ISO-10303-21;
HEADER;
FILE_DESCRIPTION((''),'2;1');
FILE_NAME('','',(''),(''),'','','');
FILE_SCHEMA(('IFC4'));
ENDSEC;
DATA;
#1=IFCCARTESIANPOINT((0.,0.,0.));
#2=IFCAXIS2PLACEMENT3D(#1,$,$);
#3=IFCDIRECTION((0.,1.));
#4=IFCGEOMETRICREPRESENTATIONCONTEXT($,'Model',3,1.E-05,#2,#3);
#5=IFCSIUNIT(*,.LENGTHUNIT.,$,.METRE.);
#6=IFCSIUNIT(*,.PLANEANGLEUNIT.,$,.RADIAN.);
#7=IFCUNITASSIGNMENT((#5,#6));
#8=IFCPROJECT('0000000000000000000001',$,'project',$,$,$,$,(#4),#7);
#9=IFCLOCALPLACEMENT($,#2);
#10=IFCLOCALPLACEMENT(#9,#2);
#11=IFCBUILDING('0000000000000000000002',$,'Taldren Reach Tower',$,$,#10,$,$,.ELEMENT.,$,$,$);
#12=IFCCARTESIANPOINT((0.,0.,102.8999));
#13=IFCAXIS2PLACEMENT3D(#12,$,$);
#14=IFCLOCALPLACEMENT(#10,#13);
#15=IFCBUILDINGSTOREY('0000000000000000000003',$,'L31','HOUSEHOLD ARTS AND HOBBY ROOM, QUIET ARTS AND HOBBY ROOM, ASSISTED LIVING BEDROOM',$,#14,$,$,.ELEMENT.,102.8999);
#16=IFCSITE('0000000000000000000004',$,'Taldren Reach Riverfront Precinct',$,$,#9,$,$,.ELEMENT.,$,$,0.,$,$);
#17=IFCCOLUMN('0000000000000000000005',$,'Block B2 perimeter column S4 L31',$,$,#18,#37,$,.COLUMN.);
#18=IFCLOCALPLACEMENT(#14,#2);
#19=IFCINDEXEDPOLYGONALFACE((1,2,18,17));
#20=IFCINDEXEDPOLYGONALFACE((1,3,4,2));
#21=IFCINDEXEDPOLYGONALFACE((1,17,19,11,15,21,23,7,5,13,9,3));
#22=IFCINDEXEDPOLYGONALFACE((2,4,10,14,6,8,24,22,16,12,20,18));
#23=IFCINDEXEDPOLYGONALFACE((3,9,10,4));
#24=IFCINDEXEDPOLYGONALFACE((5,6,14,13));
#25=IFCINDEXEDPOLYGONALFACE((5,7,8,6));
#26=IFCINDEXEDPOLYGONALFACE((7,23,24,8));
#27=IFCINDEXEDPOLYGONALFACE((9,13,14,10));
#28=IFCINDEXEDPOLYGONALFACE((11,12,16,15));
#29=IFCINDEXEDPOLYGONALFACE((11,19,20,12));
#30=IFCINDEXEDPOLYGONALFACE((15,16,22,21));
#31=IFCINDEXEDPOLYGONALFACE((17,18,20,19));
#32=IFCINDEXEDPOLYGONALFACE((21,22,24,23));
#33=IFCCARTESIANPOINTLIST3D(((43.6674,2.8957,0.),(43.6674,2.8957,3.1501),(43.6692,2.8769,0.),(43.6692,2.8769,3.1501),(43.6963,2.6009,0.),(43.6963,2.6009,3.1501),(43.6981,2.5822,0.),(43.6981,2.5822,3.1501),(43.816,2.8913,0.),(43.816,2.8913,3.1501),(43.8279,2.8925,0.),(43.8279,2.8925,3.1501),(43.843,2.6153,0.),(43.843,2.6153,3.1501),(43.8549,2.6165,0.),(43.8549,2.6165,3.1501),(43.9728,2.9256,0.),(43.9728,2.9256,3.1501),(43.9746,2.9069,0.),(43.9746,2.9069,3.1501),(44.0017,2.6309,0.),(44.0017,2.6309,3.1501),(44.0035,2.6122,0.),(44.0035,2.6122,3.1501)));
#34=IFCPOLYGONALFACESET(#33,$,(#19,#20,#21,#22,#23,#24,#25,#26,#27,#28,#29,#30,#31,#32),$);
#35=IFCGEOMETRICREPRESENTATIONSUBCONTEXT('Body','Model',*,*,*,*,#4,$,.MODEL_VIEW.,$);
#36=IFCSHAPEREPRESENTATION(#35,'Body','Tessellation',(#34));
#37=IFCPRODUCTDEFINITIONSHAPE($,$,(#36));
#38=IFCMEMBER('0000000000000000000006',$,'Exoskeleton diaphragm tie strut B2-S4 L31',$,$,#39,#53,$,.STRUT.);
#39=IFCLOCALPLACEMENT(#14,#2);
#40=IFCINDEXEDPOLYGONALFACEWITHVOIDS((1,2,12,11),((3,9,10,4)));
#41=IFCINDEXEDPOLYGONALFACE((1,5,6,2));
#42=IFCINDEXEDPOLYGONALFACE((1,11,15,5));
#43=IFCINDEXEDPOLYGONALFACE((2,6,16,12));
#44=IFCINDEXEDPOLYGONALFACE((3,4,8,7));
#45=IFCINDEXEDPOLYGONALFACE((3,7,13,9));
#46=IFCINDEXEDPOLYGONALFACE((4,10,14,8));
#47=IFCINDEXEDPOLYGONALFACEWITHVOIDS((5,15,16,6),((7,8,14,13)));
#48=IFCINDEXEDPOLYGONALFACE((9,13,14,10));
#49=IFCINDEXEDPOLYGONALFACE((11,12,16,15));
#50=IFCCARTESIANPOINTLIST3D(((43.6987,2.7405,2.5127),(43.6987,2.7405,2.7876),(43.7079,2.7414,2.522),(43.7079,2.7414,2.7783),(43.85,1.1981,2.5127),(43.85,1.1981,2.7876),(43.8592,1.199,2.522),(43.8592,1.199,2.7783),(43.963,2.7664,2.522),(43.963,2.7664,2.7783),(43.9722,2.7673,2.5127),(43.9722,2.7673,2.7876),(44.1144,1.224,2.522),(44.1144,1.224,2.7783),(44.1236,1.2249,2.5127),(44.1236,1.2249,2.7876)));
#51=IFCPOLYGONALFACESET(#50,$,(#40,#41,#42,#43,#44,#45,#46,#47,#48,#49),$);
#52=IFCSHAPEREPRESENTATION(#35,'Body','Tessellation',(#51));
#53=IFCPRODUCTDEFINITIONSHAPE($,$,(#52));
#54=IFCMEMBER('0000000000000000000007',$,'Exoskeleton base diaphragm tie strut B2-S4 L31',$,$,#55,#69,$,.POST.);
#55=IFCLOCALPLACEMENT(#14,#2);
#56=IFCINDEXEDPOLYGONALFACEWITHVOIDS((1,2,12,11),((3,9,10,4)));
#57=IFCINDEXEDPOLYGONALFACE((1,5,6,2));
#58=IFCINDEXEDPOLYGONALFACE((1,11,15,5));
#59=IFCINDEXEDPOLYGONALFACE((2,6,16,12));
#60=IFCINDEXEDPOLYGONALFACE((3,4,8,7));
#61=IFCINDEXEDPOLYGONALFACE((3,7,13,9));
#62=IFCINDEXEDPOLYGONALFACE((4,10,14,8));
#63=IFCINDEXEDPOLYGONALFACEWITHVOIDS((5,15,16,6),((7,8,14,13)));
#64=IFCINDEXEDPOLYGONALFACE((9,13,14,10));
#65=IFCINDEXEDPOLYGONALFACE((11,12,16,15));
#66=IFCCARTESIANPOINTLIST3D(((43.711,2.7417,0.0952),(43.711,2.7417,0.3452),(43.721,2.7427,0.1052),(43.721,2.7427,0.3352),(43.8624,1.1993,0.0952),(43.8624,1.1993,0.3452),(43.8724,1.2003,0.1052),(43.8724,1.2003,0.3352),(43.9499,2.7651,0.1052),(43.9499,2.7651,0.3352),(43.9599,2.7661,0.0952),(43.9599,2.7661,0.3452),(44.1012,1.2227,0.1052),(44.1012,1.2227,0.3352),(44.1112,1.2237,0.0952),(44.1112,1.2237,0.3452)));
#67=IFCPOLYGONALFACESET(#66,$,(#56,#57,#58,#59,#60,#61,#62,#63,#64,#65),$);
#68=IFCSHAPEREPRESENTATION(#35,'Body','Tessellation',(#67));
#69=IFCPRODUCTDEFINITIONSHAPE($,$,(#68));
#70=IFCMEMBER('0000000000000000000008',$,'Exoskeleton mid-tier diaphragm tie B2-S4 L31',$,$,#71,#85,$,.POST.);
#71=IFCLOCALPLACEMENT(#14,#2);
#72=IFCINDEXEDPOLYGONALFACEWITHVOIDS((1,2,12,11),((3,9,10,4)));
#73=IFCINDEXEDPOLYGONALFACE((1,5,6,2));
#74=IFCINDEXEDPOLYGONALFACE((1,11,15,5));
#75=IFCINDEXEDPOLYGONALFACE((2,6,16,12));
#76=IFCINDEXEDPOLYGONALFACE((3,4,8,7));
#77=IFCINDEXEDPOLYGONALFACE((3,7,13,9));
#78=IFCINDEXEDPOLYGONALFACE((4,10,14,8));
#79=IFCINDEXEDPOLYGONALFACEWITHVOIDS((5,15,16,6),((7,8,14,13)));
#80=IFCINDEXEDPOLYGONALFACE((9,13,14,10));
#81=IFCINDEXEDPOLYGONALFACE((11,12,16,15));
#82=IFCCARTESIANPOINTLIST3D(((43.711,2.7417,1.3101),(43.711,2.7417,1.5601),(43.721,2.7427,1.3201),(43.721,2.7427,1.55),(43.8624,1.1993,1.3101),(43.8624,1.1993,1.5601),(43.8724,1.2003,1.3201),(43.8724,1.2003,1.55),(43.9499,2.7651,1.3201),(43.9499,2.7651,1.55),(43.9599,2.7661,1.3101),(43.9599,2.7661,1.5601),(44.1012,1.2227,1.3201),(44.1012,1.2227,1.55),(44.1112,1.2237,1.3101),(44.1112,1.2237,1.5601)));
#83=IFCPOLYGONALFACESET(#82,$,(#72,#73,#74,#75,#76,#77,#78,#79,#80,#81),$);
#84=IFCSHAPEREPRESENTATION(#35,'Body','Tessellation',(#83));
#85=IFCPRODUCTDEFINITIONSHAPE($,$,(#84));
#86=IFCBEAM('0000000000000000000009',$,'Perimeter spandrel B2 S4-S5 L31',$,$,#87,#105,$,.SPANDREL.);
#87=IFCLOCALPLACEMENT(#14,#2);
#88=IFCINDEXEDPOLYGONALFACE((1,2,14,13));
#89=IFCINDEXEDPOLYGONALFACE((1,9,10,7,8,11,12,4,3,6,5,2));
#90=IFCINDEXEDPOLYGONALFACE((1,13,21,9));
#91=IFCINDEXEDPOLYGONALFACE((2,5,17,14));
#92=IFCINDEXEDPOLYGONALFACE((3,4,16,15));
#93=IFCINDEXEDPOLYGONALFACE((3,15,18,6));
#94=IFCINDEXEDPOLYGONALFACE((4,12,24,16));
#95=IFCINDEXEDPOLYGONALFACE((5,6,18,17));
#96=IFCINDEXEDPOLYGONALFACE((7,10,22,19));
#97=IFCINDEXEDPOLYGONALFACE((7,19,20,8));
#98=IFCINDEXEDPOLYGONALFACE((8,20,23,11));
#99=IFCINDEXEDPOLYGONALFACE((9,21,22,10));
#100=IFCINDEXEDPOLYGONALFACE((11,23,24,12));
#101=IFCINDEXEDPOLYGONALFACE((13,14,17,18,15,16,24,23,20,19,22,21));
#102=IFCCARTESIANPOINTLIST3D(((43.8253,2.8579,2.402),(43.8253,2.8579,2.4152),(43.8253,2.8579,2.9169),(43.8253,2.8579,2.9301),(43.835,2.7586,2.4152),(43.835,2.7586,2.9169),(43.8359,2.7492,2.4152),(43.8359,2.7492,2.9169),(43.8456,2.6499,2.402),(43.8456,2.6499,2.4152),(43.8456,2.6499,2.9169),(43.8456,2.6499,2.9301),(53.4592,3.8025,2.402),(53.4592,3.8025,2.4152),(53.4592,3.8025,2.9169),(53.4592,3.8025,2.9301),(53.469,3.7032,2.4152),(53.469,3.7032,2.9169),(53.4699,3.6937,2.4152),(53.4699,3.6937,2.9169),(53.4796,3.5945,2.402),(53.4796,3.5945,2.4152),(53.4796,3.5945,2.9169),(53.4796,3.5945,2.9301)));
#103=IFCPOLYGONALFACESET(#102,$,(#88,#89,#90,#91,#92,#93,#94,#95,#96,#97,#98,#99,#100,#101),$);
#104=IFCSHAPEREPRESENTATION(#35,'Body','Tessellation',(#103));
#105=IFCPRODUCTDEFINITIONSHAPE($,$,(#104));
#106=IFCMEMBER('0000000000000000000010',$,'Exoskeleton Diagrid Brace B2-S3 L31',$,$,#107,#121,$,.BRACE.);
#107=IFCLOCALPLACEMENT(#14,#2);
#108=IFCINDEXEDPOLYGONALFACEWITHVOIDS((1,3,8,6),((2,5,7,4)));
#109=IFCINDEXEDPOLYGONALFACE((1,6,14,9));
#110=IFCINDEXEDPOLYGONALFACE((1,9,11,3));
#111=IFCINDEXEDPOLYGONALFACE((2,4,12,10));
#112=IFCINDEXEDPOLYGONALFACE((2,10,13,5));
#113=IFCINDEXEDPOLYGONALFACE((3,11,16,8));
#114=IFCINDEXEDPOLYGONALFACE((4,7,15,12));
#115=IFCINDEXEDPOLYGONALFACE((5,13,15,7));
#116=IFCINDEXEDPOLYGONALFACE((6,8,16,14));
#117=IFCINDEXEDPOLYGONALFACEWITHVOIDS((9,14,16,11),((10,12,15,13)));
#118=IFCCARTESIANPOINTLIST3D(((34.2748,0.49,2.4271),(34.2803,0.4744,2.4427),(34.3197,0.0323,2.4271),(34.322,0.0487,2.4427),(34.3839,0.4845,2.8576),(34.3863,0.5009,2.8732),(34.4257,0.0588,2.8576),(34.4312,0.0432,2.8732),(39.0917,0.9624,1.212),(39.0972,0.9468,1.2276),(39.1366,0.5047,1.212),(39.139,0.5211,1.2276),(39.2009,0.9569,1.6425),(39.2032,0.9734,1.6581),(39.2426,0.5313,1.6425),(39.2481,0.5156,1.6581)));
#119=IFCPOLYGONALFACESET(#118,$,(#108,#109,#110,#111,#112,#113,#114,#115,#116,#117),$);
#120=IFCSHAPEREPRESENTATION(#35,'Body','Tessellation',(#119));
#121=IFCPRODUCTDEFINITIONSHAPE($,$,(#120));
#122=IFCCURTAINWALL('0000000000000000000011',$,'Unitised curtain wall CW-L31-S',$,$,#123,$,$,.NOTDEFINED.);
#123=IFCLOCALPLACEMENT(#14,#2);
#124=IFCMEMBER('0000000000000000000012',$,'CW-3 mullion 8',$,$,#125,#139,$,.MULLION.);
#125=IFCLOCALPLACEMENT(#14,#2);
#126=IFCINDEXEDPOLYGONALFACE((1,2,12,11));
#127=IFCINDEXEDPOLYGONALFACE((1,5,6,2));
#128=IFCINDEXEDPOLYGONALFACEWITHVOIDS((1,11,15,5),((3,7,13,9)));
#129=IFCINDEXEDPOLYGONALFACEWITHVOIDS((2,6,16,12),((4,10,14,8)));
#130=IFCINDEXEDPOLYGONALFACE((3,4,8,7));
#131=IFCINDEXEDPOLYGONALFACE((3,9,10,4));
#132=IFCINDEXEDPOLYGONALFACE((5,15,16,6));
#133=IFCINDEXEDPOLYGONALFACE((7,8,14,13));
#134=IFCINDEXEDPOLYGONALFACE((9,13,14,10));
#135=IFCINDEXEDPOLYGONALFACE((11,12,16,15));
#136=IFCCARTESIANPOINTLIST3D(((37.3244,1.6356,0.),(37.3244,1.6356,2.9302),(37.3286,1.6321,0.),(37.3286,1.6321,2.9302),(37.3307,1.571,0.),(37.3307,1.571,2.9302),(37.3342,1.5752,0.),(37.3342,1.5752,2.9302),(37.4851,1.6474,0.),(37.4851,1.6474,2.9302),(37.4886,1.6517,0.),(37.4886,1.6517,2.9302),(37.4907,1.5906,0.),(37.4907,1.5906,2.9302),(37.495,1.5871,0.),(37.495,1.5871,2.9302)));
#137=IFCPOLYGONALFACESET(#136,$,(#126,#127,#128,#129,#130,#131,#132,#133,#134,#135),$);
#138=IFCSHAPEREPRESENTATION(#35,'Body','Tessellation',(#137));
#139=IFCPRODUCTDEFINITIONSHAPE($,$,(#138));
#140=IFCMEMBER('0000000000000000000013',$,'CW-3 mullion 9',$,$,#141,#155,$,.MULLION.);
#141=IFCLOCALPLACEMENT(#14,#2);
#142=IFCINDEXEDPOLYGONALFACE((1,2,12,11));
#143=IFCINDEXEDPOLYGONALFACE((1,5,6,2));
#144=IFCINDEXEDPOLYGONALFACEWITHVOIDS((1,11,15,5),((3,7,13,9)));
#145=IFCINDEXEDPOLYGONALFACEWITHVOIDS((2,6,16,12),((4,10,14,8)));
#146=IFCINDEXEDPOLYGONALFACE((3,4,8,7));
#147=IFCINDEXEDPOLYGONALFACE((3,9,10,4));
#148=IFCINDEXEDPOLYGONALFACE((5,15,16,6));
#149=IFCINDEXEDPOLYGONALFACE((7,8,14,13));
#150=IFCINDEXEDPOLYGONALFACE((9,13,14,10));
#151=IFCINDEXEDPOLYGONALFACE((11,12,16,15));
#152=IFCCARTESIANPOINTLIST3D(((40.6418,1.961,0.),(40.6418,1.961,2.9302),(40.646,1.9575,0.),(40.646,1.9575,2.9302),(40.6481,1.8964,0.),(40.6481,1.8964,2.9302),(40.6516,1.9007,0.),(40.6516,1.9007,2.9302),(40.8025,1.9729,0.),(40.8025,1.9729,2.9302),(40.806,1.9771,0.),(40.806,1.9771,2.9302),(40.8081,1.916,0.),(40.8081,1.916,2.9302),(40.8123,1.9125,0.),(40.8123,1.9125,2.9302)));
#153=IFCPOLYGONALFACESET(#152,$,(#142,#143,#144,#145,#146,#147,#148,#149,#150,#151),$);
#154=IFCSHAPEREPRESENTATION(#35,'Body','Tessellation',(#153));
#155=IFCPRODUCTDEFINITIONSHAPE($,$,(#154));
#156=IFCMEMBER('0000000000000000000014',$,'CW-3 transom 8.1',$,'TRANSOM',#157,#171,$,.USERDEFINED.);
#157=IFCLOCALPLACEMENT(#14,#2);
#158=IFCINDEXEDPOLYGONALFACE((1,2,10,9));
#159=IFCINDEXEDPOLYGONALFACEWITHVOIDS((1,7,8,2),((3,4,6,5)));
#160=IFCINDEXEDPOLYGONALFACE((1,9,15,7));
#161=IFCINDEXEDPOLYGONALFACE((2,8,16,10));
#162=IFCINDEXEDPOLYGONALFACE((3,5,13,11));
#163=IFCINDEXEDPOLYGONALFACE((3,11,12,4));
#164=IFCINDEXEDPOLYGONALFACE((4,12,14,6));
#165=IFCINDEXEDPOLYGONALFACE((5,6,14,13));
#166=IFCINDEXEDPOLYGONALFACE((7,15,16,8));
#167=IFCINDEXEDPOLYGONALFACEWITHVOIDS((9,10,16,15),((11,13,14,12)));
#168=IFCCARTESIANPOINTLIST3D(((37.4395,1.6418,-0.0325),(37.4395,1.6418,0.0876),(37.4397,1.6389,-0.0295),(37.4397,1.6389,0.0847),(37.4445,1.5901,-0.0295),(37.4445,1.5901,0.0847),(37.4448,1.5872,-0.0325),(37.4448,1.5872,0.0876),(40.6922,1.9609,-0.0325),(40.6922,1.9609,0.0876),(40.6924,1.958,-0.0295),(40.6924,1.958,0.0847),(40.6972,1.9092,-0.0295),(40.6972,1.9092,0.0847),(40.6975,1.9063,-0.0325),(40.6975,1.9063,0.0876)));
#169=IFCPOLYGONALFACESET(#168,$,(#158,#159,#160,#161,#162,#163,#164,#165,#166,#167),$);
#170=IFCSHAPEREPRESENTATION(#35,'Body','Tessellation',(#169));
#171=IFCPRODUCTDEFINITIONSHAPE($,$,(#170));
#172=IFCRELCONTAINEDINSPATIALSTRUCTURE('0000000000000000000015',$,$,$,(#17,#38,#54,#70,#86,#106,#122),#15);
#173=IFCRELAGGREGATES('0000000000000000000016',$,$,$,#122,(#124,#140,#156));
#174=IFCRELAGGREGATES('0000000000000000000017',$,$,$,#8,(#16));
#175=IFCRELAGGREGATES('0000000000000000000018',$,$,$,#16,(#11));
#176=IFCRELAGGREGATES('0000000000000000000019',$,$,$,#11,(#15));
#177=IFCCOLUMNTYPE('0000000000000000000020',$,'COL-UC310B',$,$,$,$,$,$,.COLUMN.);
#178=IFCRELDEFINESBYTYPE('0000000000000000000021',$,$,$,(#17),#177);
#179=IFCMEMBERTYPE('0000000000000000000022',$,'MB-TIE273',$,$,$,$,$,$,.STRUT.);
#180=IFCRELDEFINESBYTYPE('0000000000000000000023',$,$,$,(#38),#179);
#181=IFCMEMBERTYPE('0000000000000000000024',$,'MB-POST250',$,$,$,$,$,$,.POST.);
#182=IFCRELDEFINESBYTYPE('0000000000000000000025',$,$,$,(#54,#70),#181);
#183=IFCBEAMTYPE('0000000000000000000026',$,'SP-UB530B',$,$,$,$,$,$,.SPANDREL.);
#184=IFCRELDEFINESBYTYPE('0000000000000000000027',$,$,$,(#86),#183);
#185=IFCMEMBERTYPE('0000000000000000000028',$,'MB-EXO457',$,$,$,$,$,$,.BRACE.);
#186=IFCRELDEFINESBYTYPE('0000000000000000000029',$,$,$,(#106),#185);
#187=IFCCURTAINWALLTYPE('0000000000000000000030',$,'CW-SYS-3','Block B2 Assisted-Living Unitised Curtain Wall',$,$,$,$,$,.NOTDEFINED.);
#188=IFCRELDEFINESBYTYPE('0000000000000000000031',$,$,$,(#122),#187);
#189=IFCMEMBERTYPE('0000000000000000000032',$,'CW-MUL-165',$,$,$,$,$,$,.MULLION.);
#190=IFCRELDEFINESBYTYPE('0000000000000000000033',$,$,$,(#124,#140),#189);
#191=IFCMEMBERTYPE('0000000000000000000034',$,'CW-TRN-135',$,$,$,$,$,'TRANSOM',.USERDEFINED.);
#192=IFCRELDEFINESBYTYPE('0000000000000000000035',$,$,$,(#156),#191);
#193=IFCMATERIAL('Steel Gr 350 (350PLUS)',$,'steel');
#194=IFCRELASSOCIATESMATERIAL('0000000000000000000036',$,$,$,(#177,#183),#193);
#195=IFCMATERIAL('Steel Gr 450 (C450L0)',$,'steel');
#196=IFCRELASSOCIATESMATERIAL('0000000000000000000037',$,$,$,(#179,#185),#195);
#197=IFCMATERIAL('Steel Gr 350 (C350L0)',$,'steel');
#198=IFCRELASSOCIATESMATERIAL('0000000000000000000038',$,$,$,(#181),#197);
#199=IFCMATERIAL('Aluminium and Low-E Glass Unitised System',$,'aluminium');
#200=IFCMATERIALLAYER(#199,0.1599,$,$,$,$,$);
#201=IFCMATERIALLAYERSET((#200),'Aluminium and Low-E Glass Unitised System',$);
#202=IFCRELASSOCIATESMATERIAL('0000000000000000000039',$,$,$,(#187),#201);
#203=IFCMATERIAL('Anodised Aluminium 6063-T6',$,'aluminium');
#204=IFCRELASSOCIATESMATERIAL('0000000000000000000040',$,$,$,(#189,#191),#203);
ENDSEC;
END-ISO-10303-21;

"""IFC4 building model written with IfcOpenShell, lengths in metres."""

from ifc_helpers import new_model, si_unit, direction, frame, origin, origin_2d, place, context, subcontext, project, spatial, hollow_rectangle, i_section, extrude, source, transform, mapped, material, layer, layer_set, material_profile, profile_set, type_object, element, aggregate, save


model = new_model("IFC4")

# Units and contexts
model_context = context("Model", 3, precision=1e-05, world=origin(), true_north=direction((0.0, 1.0)))
body_context = subcontext(model_context, "Body", "Model", "MODEL_VIEW")
ifc_project = project(units=[si_unit("LENGTHUNIT", "METRE"), si_unit("PLANEANGLEUNIT", "RADIAN")], contexts=[model_context])

# Site, building, storey
site_placement = place(None, origin())
site = spatial("IfcSite", under=ifc_project, at=site_placement, Name="Taldren Reach Riverfront Precinct", CompositionType="ELEMENT", RefElevation=0.0)
building_placement = place(site_placement, origin())
building = spatial("IfcBuilding", under=site, at=building_placement, Name="Taldren Reach Tower", CompositionType="ELEMENT")
storey_placement = place(building_placement, frame((0.0, 0.0, 102.8999)))
storey = spatial("IfcBuildingStorey", under=building, at=storey_placement, Name="L31", Description="HOUSEHOLD ARTS AND HOBBY ROOM, QUIET ARTS AND HOBBY ROOM, ASSISTED LIVING BEDROOM", CompositionType="ELEMENT", Elevation=102.8999)

# Column
ifc_material_1 = material(Name="Steel Gr 350 (350PLUS)", Category="steel")
ifc_material_profile_1 = material_profile(ifc_material_1, i_section(OverallWidth=0.3069, OverallDepth=0.3149, WebThickness=0.012, FlangeThickness=0.0188, at=origin_2d()), Name="310UC118")
ifc_profile_set_1 = profile_set([ifc_material_profile_1], Name="Steel Gr 350 (350PLUS)")
column_type = type_object("IfcColumnType", Name="COL-UC310B", PredefinedType="COLUMN", material=ifc_profile_set_1)
shared_shape_1 = source(origin(), body_context, "Body", "SweptSolid", [
    extrude(i_section(OverallWidth=0.3069, OverallDepth=0.3149, WebThickness=0.012, FlangeThickness=0.0188, at=origin_2d()), origin(), (0.0, 0.0, 1.0), 3.1501),
])
column_placement = place(storey_placement, frame((43.8354, 2.7539, 0.0), z_axis=(0.0, 0.0, 1.0), x_axis=(0.995227, 0.097583, 0.0)))
element("IfcColumn", 1, at=column_placement, inside=storey, type_object=column_type, Name="Block B2 perimeter column S4 L31", PredefinedType="COLUMN", context=body_context, shape_type="MappedRepresentation", body=[
    mapped(shared_shape_1, transform((0.0, 0.0, 0.0), scale=1.0)),
])

# Members
ifc_material_2 = material(Name="Steel Gr 450 (C450L0)", Category="steel")
ifc_material_profile_2 = material_profile(ifc_material_2, hollow_rectangle(XDim=0.2749, YDim=0.2749, WallThickness=0.0093, at=origin_2d()), Name="275x275x9.3SHS")
ifc_profile_set_2 = profile_set([ifc_material_profile_2], Name="Steel Gr 450 (C450L0)")
member_type_1 = type_object("IfcMemberType", Name="MB-TIE273", PredefinedType="STRUT", material=ifc_profile_set_2)
shared_shape_2 = source(origin(), body_context, "Body", "SweptSolid", [
    extrude(hollow_rectangle(XDim=0.2749, YDim=0.2749, WallThickness=0.0093, at=origin_2d()), origin(), (0.0, 0.0, 1.0), 1.5498),
])
member_1_placement = place(storey_placement, frame((43.8354, 2.7539, 2.6501), z_axis=(0.097663, -0.99522, 0.0), x_axis=(0.99522, 0.097663, 0.0)))
element("IfcMember", 2, at=member_1_placement, inside=storey, type_object=member_type_1, Name="Exoskeleton diaphragm tie strut B2-S4 L31", PredefinedType="STRUT", context=body_context, shape_type="MappedRepresentation", body=[
    mapped(shared_shape_2, transform((0.0, 0.0, 0.0), scale=1.0)),
])
ifc_material_3 = material(Name="Steel Gr 350 (C350L0)", Category="steel")
ifc_material_profile_3 = material_profile(ifc_material_3, hollow_rectangle(XDim=0.25, YDim=0.25, WallThickness=0.01, at=origin_2d()), Name="250x250x10.0SHS")
ifc_profile_set_3 = profile_set([ifc_material_profile_3], Name="Steel Gr 350 (C350L0)")
member_type_2 = type_object("IfcMemberType", Name="MB-POST250", PredefinedType="POST", material=ifc_profile_set_3)
shared_shape_3 = source(origin(), body_context, "Body", "SweptSolid", [
    extrude(hollow_rectangle(XDim=0.25, YDim=0.25, WallThickness=0.01, at=origin_2d()), origin(), (0.0, 0.0, 1.0), 1.5498),
])
for number, where, z_axis, x_axis, name in (
    (3, (43.8354, 2.7539, 0.2202), (0.097663, -0.99522, 0.0), (0.99522, 0.097663, 0.0), "Exoskeleton base diaphragm tie strut B2-S4 L31"),
    (4, (43.8354, 2.7539, 1.4351), (0.097663, -0.99522, 0.0), (0.99522, 0.097663, 0.0), "Exoskeleton mid-tier diaphragm tie B2-S4 L31"),
):
    element("IfcMember", number, at=place(storey_placement, frame(where, z_axis=z_axis, x_axis=x_axis)), inside=storey, type_object=member_type_2, Name=name, PredefinedType="POST", context=body_context, shape_type="MappedRepresentation", body=[
        mapped(shared_shape_3, transform((0.0, 0.0, 0.0), scale=1.0)),
    ])

# Beam
ifc_material_profile_4 = material_profile(ifc_material_1, i_section(OverallWidth=0.209, OverallDepth=0.5281, WebThickness=0.0095, FlangeThickness=0.0132, at=origin_2d()), Name="530UB82.0")
ifc_profile_set_4 = profile_set([ifc_material_profile_4], Name="Steel Gr 350 (350PLUS)")
beam_type = type_object("IfcBeamType", Name="SP-UB530B", PredefinedType="SPANDREL", material=ifc_profile_set_4)
shared_shape_4 = source(origin(), body_context, "Body", "SweptSolid", [
    extrude(i_section(OverallWidth=0.209, OverallDepth=0.5281, WebThickness=0.0095, FlangeThickness=0.0132, at=origin_2d()), origin(), (0.0, 0.0, 1.0), 9.6802),
])
beam_placement = place(storey_placement, frame((43.8354, 2.7539, 2.666), z_axis=(0.995228, 0.097578, 0.0), x_axis=(-0.097578, 0.995228, 0.0)))
element("IfcBeam", 5, at=beam_placement, inside=storey, type_object=beam_type, Name="Perimeter spandrel B2 S4-S5 L31", PredefinedType="SPANDREL", context=body_context, shape_type="MappedRepresentation", body=[
    mapped(shared_shape_4, transform((0.0, 0.0, 0.0), scale=1.0)),
])

# Member
ifc_material_profile_5 = material_profile(ifc_material_2, hollow_rectangle(XDim=0.46, YDim=0.46, WallThickness=0.0161, at=origin_2d()), Name="460x460x16.0SHS")
ifc_profile_set_5 = profile_set([ifc_material_profile_5], Name="Steel Gr 450 (C450L0)")
member_type_3 = type_object("IfcMemberType", Name="MB-EXO457", PredefinedType="BRACE", material=ifc_profile_set_5)
shared_shape_5 = source(origin(), body_context, "Body", "SweptSolid", [
    extrude(hollow_rectangle(XDim=0.46, YDim=0.46, WallThickness=0.0161, at=origin_2d()), origin(), (0.0, 0.0, 1.0), 4.9902),
])
member_2_placement = place(storey_placement, frame((39.1699, 0.739, 1.4351), z_axis=(-0.965271, -0.094668, 0.243495), x_axis=(0.097606, -0.995225, 0.0)))
element("IfcMember", 6, at=member_2_placement, inside=storey, type_object=member_type_3, Name="Exoskeleton Diagrid Brace B2-S3 L31", PredefinedType="BRACE", context=body_context, shape_type="MappedRepresentation", body=[
    mapped(shared_shape_5, transform((0.0, 0.0, 0.0), scale=1.0)),
])

# Curtain wall, members
ifc_material_4 = material(Name="Aluminium and Low-E Glass Unitised System", Category="aluminium")
ifc_layer_1 = layer(ifc_material_4, 0.1599)
ifc_layer_set_1 = layer_set([ifc_layer_1], Name="Aluminium and Low-E Glass Unitised System")
curtain_wall_type = type_object("IfcCurtainWallType", Name="CW-SYS-3", Description="Block B2 Assisted-Living Unitised Curtain Wall", PredefinedType="NOTDEFINED", material=ifc_layer_set_1)
curtain_wall_placement = place(storey_placement, origin())
curtain_wall = element("IfcCurtainWall", 7, at=curtain_wall_placement, inside=storey, type_object=curtain_wall_type, Name="Unitised curtain wall CW-L31-S", PredefinedType="NOTDEFINED")
ifc_material_5 = material(Name="Anodised Aluminium 6063-T6", Category="aluminium")
ifc_material_profile_6 = material_profile(ifc_material_5, hollow_rectangle(XDim=0.0649, YDim=0.165, WallThickness=0.0039, at=origin_2d()), Name="ALU-165x65x4RHS")
ifc_profile_set_6 = profile_set([ifc_material_profile_6], Name="Anodised Aluminium 6063-T6")
member_type_4 = type_object("IfcMemberType", Name="CW-MUL-165", PredefinedType="MULLION", material=ifc_profile_set_6)
shared_shape_6 = source(origin(), body_context, "Body", "SweptSolid", [
    extrude(hollow_rectangle(XDim=0.0649, YDim=0.165, WallThickness=0.0039, at=origin_2d()), origin(), (0.0, 0.0, 1.0), 2.9302),
])
member_3_placement = place(storey_placement, frame((37.4097, 1.6113, 0.0), z_axis=(0.0, 0.0, 1.0), x_axis=(-0.097583, 0.995227, 0.0)))
member_3 = element("IfcMember", 8, at=member_3_placement, type_object=member_type_4, Name="CW-3 mullion 8", PredefinedType="MULLION", context=body_context, shape_type="MappedRepresentation", body=[
    mapped(shared_shape_6, transform((0.0, 0.0, 0.0), scale=1.0)),
])
member_4_placement = place(storey_placement, frame((40.7271, 1.9368, 0.0), z_axis=(0.0, 0.0, 1.0), x_axis=(-0.097583, 0.995227, 0.0)))
member_4 = element("IfcMember", 9, at=member_4_placement, type_object=member_type_4, Name="CW-3 mullion 9", PredefinedType="MULLION", context=body_context, shape_type="MappedRepresentation", body=[
    mapped(shared_shape_6, transform((0.0, 0.0, 0.0), scale=1.0)),
])
ifc_material_profile_7 = material_profile(ifc_material_5, hollow_rectangle(XDim=0.0549, YDim=0.1201, WallThickness=0.0029, at=origin_2d()), Name="ALU-120x55x3RHS")
ifc_profile_set_7 = profile_set([ifc_material_profile_7], Name="Anodised Aluminium 6063-T6")
member_type_5 = type_object("IfcMemberType", Name="CW-TRN-135", ElementType="TRANSOM", PredefinedType="USERDEFINED", material=ifc_profile_set_7)
shared_shape_7 = source(origin(), body_context, "Body", "SweptSolid", [
    extrude(hollow_rectangle(XDim=0.0549, YDim=0.1201, WallThickness=0.0029, at=origin_2d()), origin(), (0.0, 0.0, 1.0), 3.2683),
])
member_5_placement = place(storey_placement, frame((37.4421, 1.6145, 0.0276), z_axis=(0.995223, 0.097632, 0.0), x_axis=(-0.097632, 0.995223, 0.0)))
member_5 = element("IfcMember", 10, at=member_5_placement, type_object=member_type_5, Name="CW-3 transom 8.1", ObjectType="TRANSOM", PredefinedType="USERDEFINED", context=body_context, shape_type="MappedRepresentation", body=[
    mapped(shared_shape_7, transform((0.0, 0.0, 0.0), scale=1.0)),
])
aggregate(curtain_wall, [member_3, member_4, member_5])

save(model, "model.ifc")
